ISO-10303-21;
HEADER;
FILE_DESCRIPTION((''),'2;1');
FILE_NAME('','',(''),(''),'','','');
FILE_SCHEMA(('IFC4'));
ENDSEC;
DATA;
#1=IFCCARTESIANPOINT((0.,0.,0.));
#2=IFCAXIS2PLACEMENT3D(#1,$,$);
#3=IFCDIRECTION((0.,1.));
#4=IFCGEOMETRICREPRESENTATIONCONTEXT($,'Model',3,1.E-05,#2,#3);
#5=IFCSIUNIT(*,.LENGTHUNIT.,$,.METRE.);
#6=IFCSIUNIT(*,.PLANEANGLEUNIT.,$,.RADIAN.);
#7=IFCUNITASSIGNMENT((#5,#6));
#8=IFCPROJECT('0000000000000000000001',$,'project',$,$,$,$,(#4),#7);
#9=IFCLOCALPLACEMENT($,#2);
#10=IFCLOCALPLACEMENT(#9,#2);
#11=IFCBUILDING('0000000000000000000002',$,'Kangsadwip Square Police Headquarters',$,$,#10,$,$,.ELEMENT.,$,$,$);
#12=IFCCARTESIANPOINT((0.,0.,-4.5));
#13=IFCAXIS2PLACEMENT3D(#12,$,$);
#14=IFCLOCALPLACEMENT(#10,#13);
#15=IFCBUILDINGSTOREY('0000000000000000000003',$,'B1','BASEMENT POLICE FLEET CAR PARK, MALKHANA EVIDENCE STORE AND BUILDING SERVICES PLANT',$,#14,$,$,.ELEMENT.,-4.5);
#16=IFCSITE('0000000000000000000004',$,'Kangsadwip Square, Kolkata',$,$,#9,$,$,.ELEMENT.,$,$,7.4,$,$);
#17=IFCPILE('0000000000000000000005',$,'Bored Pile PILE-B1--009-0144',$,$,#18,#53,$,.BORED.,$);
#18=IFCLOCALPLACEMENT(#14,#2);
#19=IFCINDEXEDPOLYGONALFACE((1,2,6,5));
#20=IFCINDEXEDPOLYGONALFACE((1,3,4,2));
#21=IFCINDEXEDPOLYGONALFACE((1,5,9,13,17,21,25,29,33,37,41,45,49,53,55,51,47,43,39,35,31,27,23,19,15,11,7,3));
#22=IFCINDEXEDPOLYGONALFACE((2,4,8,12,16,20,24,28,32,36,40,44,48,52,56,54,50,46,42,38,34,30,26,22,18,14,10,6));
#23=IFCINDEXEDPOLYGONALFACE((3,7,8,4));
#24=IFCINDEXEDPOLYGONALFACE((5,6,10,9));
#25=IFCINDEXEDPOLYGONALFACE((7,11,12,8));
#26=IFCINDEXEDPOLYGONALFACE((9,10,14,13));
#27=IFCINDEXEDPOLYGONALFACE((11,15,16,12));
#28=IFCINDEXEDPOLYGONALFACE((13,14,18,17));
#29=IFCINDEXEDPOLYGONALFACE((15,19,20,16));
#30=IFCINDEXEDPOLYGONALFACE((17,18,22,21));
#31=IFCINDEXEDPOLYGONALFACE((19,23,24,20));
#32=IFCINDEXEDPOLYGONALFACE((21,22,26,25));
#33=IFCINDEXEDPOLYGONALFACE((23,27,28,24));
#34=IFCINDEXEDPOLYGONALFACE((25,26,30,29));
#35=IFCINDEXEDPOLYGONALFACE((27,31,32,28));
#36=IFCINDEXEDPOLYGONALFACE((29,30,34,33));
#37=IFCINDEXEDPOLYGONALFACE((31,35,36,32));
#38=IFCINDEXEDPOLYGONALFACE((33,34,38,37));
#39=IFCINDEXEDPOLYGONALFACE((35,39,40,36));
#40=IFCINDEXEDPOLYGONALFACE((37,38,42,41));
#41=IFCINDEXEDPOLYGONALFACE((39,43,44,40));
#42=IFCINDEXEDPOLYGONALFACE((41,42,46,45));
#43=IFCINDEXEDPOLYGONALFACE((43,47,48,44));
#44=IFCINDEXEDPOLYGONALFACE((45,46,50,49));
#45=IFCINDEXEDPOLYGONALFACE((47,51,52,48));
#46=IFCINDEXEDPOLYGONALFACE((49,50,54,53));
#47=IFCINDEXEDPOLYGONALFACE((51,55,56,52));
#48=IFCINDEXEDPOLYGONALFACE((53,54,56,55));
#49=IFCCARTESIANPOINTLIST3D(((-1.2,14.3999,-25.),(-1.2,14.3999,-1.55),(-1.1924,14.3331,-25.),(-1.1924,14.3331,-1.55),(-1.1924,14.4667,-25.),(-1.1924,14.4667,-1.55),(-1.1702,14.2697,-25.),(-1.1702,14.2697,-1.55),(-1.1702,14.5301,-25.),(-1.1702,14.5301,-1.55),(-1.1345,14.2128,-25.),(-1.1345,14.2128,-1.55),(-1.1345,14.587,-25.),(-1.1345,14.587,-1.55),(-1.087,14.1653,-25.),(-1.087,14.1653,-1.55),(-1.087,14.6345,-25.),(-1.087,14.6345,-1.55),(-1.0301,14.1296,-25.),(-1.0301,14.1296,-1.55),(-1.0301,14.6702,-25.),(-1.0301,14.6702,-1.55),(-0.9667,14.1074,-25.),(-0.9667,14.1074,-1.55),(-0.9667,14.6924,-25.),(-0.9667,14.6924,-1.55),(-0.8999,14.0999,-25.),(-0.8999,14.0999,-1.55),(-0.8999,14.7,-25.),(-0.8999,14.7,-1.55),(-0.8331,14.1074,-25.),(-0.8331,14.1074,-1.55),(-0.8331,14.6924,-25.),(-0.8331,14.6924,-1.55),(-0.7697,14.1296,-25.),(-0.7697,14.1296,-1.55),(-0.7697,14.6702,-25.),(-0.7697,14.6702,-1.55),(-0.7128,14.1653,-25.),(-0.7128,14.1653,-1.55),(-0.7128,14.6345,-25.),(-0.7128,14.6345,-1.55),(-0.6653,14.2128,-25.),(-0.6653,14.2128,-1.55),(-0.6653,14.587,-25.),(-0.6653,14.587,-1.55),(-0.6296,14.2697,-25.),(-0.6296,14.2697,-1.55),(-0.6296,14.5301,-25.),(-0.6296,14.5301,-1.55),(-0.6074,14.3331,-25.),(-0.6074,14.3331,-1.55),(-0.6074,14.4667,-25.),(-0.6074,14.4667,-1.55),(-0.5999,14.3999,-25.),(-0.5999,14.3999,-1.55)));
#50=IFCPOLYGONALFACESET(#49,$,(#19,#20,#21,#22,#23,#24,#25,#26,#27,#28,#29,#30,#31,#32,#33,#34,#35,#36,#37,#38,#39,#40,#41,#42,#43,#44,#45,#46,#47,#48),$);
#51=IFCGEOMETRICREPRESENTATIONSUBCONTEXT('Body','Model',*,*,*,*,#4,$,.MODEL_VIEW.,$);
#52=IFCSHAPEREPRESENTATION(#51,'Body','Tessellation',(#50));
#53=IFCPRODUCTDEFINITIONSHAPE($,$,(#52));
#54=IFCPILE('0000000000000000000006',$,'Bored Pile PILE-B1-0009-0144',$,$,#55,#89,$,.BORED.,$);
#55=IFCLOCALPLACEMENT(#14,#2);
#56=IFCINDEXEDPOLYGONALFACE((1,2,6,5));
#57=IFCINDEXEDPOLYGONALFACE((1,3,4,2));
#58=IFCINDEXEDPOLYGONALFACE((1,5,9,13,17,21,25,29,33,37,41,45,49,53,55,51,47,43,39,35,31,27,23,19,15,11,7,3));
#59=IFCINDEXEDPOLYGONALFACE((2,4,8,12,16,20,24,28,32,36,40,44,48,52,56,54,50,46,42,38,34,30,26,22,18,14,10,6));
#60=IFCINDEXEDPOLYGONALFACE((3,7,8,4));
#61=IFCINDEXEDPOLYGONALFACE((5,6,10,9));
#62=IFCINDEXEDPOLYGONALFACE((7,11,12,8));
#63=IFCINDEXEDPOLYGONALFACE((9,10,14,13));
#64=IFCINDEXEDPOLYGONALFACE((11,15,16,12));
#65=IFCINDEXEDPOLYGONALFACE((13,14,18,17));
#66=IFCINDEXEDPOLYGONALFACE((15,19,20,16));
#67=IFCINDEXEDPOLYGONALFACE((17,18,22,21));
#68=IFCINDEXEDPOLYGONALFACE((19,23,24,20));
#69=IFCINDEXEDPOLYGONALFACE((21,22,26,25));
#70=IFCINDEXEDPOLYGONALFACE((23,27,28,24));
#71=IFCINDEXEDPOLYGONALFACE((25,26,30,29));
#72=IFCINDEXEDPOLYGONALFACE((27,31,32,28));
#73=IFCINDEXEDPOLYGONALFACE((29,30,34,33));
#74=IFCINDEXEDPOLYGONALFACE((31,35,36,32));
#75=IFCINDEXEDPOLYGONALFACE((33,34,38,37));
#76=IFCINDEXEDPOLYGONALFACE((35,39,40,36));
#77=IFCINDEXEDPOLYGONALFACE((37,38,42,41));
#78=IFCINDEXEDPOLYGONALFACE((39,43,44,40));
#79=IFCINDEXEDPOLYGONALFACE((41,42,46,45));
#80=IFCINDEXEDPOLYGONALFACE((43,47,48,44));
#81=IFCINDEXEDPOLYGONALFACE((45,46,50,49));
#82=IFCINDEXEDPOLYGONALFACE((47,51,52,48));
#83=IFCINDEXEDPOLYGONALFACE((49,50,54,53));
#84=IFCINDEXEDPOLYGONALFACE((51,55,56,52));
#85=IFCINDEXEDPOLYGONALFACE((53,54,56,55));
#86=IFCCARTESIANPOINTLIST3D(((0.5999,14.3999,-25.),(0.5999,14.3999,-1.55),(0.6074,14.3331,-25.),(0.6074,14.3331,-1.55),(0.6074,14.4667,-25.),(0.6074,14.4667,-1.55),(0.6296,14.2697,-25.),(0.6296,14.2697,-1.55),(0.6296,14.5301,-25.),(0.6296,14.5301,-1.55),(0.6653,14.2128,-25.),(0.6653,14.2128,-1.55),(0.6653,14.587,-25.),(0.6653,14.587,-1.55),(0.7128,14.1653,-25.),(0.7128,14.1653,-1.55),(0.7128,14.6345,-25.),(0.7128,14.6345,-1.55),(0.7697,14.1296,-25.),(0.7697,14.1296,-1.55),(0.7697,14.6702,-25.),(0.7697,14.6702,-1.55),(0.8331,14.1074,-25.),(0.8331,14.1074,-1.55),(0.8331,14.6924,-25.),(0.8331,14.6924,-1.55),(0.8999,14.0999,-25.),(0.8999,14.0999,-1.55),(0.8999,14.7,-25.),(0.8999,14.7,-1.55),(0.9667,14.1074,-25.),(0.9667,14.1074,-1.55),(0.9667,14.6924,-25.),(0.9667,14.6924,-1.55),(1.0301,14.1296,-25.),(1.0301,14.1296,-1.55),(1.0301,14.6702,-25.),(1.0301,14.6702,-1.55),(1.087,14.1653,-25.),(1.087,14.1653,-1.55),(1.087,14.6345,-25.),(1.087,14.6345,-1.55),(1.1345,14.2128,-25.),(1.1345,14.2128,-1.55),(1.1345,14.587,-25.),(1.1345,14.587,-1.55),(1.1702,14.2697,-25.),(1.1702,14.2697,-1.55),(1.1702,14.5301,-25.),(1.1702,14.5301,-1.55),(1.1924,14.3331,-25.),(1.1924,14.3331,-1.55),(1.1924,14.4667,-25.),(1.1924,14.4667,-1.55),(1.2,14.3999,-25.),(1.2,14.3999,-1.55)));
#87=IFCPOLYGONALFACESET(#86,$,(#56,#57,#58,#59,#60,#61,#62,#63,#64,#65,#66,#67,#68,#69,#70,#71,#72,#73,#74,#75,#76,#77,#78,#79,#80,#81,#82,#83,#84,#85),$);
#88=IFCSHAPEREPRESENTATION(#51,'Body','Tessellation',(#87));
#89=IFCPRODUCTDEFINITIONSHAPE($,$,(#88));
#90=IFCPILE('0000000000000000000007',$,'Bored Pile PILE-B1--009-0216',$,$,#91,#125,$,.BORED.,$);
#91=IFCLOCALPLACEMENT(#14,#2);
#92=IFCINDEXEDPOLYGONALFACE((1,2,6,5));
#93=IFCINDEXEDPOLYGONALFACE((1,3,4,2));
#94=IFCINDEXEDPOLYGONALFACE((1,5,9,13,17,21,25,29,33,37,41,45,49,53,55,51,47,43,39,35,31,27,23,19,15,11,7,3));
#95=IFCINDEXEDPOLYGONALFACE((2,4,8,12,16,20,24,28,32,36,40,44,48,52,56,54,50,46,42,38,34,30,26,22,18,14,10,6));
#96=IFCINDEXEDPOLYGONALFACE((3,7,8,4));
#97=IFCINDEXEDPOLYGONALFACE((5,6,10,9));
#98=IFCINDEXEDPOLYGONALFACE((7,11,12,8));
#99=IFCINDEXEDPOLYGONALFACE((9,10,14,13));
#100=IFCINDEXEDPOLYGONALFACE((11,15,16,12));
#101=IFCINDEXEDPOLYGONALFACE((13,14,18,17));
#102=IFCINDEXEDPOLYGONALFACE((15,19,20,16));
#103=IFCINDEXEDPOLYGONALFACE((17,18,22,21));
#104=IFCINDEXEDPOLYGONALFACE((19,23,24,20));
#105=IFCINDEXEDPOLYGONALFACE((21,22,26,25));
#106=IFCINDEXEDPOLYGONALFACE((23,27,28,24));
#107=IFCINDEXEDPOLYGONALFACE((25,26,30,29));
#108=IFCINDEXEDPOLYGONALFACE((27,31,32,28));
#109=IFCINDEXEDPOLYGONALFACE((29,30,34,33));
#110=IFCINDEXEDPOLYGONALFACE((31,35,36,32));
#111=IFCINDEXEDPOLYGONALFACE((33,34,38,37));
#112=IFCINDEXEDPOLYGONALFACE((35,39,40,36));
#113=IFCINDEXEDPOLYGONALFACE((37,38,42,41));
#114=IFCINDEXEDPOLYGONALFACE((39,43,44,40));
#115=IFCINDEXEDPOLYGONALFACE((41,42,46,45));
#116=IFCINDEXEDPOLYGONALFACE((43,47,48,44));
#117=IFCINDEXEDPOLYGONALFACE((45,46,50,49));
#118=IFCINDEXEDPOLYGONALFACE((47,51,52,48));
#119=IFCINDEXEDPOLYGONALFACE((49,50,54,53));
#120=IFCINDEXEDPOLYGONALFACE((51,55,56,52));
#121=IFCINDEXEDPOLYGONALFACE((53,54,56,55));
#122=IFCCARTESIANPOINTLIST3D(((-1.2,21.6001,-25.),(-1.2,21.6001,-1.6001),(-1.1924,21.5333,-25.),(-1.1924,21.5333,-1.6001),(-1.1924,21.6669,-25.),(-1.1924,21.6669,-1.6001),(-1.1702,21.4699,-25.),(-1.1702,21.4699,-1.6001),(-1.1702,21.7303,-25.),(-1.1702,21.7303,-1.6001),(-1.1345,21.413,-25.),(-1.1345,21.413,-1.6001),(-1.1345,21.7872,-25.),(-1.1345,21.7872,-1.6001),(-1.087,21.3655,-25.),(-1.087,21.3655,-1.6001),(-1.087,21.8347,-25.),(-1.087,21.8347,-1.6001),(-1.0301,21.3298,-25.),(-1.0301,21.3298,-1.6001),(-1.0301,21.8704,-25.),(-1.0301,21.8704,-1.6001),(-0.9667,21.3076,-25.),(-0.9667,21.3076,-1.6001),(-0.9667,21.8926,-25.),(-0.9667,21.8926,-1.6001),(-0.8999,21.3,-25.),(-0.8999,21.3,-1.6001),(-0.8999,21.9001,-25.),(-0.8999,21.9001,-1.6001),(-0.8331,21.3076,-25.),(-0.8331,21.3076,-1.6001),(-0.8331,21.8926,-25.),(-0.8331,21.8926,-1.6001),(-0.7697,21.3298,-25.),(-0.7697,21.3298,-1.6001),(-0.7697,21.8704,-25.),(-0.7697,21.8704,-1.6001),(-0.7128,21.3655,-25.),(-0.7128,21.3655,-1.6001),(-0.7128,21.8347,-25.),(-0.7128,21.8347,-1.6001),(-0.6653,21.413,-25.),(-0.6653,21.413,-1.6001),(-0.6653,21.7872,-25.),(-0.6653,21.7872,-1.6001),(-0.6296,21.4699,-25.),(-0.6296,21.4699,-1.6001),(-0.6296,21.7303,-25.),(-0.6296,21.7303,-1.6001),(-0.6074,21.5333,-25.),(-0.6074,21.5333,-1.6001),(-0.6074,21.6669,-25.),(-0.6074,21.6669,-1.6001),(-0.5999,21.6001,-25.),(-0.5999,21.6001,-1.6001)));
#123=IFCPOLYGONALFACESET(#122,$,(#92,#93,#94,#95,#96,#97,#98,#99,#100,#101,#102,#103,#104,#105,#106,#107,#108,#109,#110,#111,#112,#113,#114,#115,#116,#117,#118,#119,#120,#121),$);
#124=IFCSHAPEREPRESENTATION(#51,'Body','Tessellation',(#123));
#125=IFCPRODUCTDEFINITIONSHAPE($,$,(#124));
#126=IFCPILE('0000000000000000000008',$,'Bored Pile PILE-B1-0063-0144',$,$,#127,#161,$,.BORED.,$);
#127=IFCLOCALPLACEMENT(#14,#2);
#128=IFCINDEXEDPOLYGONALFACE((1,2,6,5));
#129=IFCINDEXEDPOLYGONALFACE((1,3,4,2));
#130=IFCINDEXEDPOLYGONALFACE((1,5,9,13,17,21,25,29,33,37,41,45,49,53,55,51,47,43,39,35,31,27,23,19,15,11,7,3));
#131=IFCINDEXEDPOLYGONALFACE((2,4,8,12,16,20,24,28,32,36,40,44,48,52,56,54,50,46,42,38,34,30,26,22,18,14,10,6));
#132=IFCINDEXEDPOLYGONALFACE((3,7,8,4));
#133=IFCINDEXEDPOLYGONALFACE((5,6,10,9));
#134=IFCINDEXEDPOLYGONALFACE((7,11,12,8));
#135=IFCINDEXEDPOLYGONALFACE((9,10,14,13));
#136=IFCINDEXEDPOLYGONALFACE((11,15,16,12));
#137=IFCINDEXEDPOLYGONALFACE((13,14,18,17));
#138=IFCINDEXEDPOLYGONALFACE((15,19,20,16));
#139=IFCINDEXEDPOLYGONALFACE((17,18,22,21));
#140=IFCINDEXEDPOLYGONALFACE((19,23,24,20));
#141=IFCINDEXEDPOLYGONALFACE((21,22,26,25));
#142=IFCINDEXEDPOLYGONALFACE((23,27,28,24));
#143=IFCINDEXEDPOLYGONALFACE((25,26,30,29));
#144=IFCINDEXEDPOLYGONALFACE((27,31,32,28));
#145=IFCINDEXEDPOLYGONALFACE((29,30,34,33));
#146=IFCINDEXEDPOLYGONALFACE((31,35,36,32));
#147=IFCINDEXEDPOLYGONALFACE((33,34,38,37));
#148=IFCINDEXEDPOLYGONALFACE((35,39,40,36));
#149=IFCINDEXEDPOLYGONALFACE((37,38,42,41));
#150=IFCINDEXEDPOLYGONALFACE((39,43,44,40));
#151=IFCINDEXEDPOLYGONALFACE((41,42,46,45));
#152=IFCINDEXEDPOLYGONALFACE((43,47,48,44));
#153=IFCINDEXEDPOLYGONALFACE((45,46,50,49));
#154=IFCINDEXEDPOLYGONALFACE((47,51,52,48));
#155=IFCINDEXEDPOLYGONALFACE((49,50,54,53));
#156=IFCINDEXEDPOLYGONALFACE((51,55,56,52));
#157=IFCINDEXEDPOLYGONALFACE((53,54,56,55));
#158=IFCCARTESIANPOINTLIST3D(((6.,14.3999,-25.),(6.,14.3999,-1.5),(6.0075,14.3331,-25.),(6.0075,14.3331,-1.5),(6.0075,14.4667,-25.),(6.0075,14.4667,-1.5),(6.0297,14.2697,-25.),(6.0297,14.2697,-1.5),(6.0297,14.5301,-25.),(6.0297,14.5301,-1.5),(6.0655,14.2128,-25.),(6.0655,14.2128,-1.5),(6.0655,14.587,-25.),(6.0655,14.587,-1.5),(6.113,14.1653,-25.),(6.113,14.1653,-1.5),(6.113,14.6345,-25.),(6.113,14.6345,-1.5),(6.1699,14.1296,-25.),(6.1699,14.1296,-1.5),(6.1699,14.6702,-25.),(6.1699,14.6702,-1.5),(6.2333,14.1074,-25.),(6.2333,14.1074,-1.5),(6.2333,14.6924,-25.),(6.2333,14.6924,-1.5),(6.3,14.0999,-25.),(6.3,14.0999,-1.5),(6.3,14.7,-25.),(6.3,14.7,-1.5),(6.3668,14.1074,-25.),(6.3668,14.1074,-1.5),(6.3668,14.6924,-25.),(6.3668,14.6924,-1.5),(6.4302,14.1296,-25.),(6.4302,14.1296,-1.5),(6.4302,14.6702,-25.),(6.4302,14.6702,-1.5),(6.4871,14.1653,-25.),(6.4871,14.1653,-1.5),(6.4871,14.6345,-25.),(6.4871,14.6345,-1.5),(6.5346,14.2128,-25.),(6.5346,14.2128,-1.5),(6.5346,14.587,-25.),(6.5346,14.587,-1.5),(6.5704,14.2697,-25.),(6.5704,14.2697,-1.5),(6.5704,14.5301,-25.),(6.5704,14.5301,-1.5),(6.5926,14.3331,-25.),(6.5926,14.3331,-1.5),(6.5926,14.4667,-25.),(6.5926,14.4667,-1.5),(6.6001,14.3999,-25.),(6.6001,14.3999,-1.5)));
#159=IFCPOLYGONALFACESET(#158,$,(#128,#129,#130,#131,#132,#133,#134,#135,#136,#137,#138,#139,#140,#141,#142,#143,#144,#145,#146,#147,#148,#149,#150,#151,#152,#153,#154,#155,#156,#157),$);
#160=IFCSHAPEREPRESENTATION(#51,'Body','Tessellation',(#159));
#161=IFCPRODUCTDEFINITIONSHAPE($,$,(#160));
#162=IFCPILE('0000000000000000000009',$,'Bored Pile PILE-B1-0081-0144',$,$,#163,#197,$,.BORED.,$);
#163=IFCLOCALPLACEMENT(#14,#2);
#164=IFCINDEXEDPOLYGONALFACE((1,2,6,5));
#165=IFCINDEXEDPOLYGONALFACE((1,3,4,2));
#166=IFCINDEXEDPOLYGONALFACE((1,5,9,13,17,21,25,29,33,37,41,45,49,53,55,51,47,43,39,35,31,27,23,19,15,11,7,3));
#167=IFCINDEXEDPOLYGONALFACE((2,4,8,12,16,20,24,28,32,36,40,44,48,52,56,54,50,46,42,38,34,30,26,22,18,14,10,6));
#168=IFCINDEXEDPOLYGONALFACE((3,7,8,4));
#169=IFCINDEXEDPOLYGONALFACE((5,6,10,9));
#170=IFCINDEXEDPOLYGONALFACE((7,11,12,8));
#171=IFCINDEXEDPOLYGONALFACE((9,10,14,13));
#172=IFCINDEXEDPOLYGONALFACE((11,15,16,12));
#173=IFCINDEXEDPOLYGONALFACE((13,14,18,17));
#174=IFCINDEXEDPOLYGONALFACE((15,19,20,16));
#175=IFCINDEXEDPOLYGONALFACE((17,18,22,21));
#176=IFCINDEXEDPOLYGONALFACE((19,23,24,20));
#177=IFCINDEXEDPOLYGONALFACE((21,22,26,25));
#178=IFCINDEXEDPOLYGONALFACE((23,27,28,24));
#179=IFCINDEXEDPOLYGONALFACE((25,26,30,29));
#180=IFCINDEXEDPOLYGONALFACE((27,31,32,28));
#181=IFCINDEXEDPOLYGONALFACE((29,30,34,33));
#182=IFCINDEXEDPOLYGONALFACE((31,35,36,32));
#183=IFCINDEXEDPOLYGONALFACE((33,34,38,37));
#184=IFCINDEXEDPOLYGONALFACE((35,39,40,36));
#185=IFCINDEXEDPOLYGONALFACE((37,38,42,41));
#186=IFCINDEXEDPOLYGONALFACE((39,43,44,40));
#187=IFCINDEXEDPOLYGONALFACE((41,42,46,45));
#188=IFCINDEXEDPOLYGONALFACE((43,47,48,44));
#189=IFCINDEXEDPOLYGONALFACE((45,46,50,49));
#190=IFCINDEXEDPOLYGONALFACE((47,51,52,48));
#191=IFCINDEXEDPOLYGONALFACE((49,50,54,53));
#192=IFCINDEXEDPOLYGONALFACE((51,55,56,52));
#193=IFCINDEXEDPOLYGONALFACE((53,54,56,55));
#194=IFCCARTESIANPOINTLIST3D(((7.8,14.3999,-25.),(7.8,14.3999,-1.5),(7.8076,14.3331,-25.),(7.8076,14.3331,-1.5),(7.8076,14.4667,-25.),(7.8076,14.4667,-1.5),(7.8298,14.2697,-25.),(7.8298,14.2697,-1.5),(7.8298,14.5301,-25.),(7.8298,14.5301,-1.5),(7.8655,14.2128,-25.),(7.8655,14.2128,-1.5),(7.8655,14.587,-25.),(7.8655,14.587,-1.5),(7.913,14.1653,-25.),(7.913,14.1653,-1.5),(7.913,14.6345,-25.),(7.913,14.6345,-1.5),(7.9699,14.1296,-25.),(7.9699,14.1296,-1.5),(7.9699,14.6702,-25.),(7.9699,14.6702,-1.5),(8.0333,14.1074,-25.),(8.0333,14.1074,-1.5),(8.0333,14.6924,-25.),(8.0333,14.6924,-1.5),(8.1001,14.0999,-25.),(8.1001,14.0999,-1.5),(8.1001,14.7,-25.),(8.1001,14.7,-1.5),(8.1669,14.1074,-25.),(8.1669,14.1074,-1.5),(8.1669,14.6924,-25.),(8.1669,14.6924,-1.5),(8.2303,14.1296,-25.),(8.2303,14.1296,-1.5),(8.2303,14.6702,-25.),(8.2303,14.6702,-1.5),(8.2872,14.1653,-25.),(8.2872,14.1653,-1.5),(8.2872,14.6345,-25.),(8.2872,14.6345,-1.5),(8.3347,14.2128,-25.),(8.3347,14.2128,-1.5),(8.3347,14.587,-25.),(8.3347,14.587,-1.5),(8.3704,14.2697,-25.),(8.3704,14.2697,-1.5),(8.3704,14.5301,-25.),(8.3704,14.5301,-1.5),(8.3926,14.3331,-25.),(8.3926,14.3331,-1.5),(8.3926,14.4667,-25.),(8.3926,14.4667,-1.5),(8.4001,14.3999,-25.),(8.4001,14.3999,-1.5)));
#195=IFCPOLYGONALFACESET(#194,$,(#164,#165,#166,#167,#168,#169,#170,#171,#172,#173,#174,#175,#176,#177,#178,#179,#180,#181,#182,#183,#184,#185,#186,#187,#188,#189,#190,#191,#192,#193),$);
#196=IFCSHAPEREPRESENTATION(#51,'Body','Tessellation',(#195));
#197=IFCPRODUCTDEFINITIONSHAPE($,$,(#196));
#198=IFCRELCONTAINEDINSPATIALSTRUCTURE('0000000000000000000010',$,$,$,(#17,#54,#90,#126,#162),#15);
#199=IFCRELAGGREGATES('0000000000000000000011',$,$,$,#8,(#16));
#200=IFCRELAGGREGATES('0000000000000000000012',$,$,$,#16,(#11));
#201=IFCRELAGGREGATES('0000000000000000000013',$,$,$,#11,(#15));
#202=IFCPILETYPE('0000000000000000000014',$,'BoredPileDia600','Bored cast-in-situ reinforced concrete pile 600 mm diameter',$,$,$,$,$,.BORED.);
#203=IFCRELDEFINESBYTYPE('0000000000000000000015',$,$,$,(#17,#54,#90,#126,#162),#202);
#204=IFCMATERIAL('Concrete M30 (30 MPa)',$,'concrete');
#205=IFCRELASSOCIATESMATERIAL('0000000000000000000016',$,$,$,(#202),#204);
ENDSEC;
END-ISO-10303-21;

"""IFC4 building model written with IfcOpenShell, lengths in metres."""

from ifc_helpers import new_model, si_unit, direction, frame, origin, origin_2d, place, context, subcontext, project, spatial, circle, extrude, material, material_profile, profile_set, type_object, element, save


model = new_model("IFC4")

# Units and contexts
model_context = context("Model", 3, precision=1e-05, world=origin(), true_north=direction((0.0, 1.0)))
body_context = subcontext(model_context, "Body", "Model", "MODEL_VIEW")
ifc_project = project(units=[si_unit("LENGTHUNIT", "METRE"), si_unit("PLANEANGLEUNIT", "RADIAN")], contexts=[model_context])

# Site, building, storey
site_placement = place(None, origin())
site = spatial("IfcSite", under=ifc_project, at=site_placement, Name="Kangsadwip Square, Kolkata", CompositionType="ELEMENT", RefElevation=7.4)
building_placement = place(site_placement, origin())
building = spatial("IfcBuilding", under=site, at=building_placement, Name="Kangsadwip Square Police Headquarters", CompositionType="ELEMENT")
storey_placement = place(building_placement, frame((0.0, 0.0, -4.5)))
storey = spatial("IfcBuildingStorey", under=building, at=storey_placement, Name="B1", Description="BASEMENT POLICE FLEET CAR PARK, MALKHANA EVIDENCE STORE AND BUILDING SERVICES PLANT", CompositionType="ELEMENT", Elevation=-4.5)

# Piles
ifc_material_1 = material(Name="Concrete M30 (30 MPa)", Category="concrete")
ifc_material_profile_1 = material_profile(ifc_material_1, circle(Radius=0.3, at=origin_2d()), Name="PILE DIA 600")
ifc_profile_set_1 = profile_set([ifc_material_profile_1], Name="Concrete M30 (30 MPa)")
pile_type = type_object("IfcPileType", Name="BoredPileDia600", Description="Bored cast-in-situ reinforced concrete pile 600 mm diameter", PredefinedType="BORED", material=ifc_profile_set_1)
for number, where, z_axis, x_axis, name in (
    (1, (-0.8999, 14.3999, -1.55), (0.0, 0.0, -1.0), (1.0, 0.0, 0.0), "Bored Pile PILE-B1--009-0144"),
    (2, (0.8999, 14.3999, -1.55), (0.0, 0.0, -1.0), (1.0, 0.0, 0.0), "Bored Pile PILE-B1-0009-0144"),
):
    element("IfcPile", number, at=place(storey_placement, frame(where, z_axis=z_axis, x_axis=x_axis)), inside=storey, type_object=pile_type, Name=name, PredefinedType="BORED", context=body_context, shape_type="SweptSolid", body=[
        extrude(circle(Radius=0.3, at=origin_2d()), origin(), (0.0, 0.0, 1.0), 23.45),
    ])
pile_placement = place(storey_placement, frame((-0.8999, 21.6001, -1.6001), z_axis=(0.0, 0.0, -1.0), x_axis=(1.0, 0.0, 0.0)))
element("IfcPile", 3, at=pile_placement, inside=storey, type_object=pile_type, Name="Bored Pile PILE-B1--009-0216", PredefinedType="BORED", context=body_context, shape_type="SweptSolid", body=[
    extrude(circle(Radius=0.3, at=origin_2d()), origin(), (0.0, 0.0, 1.0), 23.3999),
])
for number, where, z_axis, x_axis, name in (
    (4, (6.3, 14.3999, -1.5), (0.0, 0.0, -1.0), (1.0, 0.0, 0.0), "Bored Pile PILE-B1-0063-0144"),
    (5, (8.1001, 14.3999, -1.5), (0.0, 0.0, -1.0), (1.0, 0.0, 0.0), "Bored Pile PILE-B1-0081-0144"),
):
    element("IfcPile", number, at=place(storey_placement, frame(where, z_axis=z_axis, x_axis=x_axis)), inside=storey, type_object=pile_type, Name=name, PredefinedType="BORED", context=body_context, shape_type="SweptSolid", body=[
        extrude(circle(Radius=0.3, at=origin_2d()), origin(), (0.0, 0.0, 1.0), 23.5),
    ])

save(model, "model.ifc")
